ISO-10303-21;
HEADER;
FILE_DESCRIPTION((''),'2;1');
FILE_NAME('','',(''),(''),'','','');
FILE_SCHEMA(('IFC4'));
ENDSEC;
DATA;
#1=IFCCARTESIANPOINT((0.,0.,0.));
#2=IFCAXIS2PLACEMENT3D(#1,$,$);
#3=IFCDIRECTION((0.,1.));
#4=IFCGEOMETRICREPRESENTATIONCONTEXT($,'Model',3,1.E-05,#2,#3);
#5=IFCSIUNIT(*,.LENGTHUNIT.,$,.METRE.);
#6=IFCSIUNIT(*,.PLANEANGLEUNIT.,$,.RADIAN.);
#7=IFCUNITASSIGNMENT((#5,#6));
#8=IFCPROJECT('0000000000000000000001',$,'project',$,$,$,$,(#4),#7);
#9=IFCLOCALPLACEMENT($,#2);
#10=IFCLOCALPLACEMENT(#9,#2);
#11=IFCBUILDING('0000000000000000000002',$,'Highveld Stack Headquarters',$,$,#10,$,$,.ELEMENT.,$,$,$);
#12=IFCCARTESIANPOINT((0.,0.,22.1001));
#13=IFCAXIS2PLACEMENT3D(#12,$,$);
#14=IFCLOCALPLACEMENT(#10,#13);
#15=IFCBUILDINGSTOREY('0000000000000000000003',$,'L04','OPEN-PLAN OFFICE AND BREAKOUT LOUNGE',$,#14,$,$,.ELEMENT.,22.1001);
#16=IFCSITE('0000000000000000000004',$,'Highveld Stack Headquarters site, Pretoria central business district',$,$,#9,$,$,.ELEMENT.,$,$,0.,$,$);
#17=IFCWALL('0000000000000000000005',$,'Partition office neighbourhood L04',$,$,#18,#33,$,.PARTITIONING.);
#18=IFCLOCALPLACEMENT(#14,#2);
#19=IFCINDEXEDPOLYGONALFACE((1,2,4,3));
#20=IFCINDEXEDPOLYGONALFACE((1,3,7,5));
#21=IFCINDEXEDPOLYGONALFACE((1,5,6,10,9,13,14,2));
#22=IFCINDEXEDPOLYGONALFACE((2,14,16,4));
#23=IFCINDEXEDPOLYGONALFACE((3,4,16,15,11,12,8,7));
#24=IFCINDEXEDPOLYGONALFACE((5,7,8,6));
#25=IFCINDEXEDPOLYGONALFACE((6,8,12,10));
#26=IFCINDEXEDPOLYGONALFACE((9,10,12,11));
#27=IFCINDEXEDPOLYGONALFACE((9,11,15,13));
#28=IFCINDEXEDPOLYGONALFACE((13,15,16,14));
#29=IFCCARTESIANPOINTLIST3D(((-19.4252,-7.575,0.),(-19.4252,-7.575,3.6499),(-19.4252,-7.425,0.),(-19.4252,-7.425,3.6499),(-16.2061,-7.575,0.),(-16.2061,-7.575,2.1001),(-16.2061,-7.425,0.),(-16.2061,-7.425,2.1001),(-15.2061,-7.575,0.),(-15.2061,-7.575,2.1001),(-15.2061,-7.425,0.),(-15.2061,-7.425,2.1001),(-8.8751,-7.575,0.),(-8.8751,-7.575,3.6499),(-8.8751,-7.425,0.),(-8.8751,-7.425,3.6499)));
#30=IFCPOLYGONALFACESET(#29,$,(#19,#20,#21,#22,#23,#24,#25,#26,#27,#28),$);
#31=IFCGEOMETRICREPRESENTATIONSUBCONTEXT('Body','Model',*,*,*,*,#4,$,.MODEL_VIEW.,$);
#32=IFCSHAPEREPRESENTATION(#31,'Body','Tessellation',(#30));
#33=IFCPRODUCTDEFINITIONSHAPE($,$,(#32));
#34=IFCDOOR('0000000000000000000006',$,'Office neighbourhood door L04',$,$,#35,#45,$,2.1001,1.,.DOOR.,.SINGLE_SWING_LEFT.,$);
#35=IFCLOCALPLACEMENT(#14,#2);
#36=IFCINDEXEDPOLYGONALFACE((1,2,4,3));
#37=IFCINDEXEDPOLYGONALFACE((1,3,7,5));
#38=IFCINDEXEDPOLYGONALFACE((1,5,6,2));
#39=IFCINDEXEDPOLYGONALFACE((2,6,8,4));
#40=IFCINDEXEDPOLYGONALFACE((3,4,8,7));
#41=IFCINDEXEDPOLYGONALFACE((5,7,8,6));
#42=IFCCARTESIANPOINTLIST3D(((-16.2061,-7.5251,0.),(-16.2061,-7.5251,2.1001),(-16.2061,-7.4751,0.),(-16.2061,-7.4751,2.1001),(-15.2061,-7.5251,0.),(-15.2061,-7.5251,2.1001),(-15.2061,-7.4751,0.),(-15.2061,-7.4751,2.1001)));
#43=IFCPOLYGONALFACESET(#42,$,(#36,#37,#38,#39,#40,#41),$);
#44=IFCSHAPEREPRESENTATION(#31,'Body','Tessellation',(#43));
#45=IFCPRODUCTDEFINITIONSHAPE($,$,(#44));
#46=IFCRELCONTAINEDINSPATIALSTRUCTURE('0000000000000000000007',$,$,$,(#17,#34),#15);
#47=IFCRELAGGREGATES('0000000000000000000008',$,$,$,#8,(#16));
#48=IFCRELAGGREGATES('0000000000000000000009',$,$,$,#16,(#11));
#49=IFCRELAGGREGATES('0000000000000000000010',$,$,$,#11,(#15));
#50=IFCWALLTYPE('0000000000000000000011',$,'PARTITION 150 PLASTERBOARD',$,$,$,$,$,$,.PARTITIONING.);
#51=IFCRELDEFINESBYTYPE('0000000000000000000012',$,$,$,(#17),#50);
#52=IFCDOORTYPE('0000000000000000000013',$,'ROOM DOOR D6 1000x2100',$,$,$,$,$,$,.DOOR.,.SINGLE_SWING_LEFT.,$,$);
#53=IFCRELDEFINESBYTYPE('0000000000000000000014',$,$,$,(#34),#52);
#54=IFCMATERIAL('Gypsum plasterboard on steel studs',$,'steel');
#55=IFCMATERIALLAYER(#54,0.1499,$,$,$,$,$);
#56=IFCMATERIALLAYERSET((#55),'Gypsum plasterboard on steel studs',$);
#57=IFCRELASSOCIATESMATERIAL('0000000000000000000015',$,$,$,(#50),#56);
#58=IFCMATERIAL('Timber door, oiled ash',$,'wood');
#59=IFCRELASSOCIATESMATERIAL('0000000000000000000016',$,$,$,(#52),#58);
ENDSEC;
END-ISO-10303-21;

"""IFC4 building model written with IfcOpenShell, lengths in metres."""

from ifc_helpers import new_model, si_unit, direction, frame, frame_2d, origin, place, context, subcontext, project, spatial, rectangle, extrude, material, layer, layer_set, type_object, element, fill, save


model = new_model("IFC4")

# Units and contexts
model_context = context("Model", 3, precision=1e-05, world=origin(), true_north=direction((0.0, 1.0)))
body_context = subcontext(model_context, "Body", "Model", "MODEL_VIEW")
ifc_project = project(units=[si_unit("LENGTHUNIT", "METRE"), si_unit("PLANEANGLEUNIT", "RADIAN")], contexts=[model_context])

# Site, building, storey
site_placement = place(None, origin())
site = spatial("IfcSite", under=ifc_project, at=site_placement, Name="Highveld Stack Headquarters site, Pretoria central business district", CompositionType="ELEMENT", RefElevation=0.0)
building_placement = place(site_placement, origin())
building = spatial("IfcBuilding", under=site, at=building_placement, Name="Highveld Stack Headquarters", CompositionType="ELEMENT")
storey_placement = place(building_placement, frame((0.0, 0.0, 22.1001)))
storey = spatial("IfcBuildingStorey", under=building, at=storey_placement, Name="L04", Description="OPEN-PLAN OFFICE AND BREAKOUT LOUNGE", CompositionType="ELEMENT", Elevation=22.1001)

# Shared definitions
ifc_material_1 = material(Name="Gypsum plasterboard on steel studs", Category="steel")
ifc_layer_1 = layer(ifc_material_1, 0.1499)
ifc_layer_set_1 = layer_set([ifc_layer_1], Name="Gypsum plasterboard on steel studs")
wall_type = type_object("IfcWallType", Name="PARTITION 150 PLASTERBOARD", PredefinedType="PARTITIONING", material=ifc_layer_set_1)

# Wall, opening, door
ifc_material_2 = material(Name="Timber door, oiled ash", Category="wood")
door_type = type_object("IfcDoorType", Name="ROOM DOOR D6 1000x2100", OperationType="SINGLE_SWING_LEFT", PredefinedType="DOOR", material=ifc_material_2)
wall_1_placement = place(storey_placement, frame((-19.425, -7.5, 0.0), z_axis=(0.0, 0.0, 1.0), x_axis=(1.0, 0.0, 0.0)))
wall_1 = element("IfcWall", 1, at=wall_1_placement, inside=storey, type_object=wall_type, Name="Partition office neighbourhood L04", PredefinedType="PARTITIONING", context=body_context, shape_type="SweptSolid", body=[
    extrude(rectangle(XDim=10.55, YDim=0.1499, at=frame_2d((5.2749, 0.0))), origin(), (0.0, 0.0, 1.0), 3.6499),
])
opening_1_placement = place(wall_1_placement, frame((3.219, 0.0, 0.0)))
opening_1 = element("IfcOpeningElement", 2, at=opening_1_placement, cuts=wall_1, PredefinedType="OPENING", context=body_context, shape_type="SweptSolid", body=[
    extrude(rectangle(XDim=1.0, YDim=2.1001, at=frame_2d((0.5, 1.05))), frame((0.0, 0.085, 0.0), z_axis=(0.0, -1.0, 0.0), x_axis=(1.0, 0.0, 0.0)), (0.0, 0.0, 1.0), 0.1699),
])
door_1_placement = place(opening_1_placement, origin())
door_1 = element("IfcDoor", 3, at=door_1_placement, inside=storey, type_object=door_type, Name="Office neighbourhood door L04", OperationType="SINGLE_SWING_LEFT", OverallHeight=2.1001, OverallWidth=1.0, PredefinedType="DOOR", context=body_context, shape_type="SweptSolid", body=[
    extrude(rectangle(XDim=1.0, YDim=2.1001, at=frame_2d((0.5, 1.05))), frame((0.0, 0.0249, 0.0), z_axis=(0.0, -1.0, 0.0), x_axis=(1.0, 0.0, 0.0)), (0.0, 0.0, 1.0), 0.05),
])
fill(opening_1, door_1)

save(model, "model.ifc")
